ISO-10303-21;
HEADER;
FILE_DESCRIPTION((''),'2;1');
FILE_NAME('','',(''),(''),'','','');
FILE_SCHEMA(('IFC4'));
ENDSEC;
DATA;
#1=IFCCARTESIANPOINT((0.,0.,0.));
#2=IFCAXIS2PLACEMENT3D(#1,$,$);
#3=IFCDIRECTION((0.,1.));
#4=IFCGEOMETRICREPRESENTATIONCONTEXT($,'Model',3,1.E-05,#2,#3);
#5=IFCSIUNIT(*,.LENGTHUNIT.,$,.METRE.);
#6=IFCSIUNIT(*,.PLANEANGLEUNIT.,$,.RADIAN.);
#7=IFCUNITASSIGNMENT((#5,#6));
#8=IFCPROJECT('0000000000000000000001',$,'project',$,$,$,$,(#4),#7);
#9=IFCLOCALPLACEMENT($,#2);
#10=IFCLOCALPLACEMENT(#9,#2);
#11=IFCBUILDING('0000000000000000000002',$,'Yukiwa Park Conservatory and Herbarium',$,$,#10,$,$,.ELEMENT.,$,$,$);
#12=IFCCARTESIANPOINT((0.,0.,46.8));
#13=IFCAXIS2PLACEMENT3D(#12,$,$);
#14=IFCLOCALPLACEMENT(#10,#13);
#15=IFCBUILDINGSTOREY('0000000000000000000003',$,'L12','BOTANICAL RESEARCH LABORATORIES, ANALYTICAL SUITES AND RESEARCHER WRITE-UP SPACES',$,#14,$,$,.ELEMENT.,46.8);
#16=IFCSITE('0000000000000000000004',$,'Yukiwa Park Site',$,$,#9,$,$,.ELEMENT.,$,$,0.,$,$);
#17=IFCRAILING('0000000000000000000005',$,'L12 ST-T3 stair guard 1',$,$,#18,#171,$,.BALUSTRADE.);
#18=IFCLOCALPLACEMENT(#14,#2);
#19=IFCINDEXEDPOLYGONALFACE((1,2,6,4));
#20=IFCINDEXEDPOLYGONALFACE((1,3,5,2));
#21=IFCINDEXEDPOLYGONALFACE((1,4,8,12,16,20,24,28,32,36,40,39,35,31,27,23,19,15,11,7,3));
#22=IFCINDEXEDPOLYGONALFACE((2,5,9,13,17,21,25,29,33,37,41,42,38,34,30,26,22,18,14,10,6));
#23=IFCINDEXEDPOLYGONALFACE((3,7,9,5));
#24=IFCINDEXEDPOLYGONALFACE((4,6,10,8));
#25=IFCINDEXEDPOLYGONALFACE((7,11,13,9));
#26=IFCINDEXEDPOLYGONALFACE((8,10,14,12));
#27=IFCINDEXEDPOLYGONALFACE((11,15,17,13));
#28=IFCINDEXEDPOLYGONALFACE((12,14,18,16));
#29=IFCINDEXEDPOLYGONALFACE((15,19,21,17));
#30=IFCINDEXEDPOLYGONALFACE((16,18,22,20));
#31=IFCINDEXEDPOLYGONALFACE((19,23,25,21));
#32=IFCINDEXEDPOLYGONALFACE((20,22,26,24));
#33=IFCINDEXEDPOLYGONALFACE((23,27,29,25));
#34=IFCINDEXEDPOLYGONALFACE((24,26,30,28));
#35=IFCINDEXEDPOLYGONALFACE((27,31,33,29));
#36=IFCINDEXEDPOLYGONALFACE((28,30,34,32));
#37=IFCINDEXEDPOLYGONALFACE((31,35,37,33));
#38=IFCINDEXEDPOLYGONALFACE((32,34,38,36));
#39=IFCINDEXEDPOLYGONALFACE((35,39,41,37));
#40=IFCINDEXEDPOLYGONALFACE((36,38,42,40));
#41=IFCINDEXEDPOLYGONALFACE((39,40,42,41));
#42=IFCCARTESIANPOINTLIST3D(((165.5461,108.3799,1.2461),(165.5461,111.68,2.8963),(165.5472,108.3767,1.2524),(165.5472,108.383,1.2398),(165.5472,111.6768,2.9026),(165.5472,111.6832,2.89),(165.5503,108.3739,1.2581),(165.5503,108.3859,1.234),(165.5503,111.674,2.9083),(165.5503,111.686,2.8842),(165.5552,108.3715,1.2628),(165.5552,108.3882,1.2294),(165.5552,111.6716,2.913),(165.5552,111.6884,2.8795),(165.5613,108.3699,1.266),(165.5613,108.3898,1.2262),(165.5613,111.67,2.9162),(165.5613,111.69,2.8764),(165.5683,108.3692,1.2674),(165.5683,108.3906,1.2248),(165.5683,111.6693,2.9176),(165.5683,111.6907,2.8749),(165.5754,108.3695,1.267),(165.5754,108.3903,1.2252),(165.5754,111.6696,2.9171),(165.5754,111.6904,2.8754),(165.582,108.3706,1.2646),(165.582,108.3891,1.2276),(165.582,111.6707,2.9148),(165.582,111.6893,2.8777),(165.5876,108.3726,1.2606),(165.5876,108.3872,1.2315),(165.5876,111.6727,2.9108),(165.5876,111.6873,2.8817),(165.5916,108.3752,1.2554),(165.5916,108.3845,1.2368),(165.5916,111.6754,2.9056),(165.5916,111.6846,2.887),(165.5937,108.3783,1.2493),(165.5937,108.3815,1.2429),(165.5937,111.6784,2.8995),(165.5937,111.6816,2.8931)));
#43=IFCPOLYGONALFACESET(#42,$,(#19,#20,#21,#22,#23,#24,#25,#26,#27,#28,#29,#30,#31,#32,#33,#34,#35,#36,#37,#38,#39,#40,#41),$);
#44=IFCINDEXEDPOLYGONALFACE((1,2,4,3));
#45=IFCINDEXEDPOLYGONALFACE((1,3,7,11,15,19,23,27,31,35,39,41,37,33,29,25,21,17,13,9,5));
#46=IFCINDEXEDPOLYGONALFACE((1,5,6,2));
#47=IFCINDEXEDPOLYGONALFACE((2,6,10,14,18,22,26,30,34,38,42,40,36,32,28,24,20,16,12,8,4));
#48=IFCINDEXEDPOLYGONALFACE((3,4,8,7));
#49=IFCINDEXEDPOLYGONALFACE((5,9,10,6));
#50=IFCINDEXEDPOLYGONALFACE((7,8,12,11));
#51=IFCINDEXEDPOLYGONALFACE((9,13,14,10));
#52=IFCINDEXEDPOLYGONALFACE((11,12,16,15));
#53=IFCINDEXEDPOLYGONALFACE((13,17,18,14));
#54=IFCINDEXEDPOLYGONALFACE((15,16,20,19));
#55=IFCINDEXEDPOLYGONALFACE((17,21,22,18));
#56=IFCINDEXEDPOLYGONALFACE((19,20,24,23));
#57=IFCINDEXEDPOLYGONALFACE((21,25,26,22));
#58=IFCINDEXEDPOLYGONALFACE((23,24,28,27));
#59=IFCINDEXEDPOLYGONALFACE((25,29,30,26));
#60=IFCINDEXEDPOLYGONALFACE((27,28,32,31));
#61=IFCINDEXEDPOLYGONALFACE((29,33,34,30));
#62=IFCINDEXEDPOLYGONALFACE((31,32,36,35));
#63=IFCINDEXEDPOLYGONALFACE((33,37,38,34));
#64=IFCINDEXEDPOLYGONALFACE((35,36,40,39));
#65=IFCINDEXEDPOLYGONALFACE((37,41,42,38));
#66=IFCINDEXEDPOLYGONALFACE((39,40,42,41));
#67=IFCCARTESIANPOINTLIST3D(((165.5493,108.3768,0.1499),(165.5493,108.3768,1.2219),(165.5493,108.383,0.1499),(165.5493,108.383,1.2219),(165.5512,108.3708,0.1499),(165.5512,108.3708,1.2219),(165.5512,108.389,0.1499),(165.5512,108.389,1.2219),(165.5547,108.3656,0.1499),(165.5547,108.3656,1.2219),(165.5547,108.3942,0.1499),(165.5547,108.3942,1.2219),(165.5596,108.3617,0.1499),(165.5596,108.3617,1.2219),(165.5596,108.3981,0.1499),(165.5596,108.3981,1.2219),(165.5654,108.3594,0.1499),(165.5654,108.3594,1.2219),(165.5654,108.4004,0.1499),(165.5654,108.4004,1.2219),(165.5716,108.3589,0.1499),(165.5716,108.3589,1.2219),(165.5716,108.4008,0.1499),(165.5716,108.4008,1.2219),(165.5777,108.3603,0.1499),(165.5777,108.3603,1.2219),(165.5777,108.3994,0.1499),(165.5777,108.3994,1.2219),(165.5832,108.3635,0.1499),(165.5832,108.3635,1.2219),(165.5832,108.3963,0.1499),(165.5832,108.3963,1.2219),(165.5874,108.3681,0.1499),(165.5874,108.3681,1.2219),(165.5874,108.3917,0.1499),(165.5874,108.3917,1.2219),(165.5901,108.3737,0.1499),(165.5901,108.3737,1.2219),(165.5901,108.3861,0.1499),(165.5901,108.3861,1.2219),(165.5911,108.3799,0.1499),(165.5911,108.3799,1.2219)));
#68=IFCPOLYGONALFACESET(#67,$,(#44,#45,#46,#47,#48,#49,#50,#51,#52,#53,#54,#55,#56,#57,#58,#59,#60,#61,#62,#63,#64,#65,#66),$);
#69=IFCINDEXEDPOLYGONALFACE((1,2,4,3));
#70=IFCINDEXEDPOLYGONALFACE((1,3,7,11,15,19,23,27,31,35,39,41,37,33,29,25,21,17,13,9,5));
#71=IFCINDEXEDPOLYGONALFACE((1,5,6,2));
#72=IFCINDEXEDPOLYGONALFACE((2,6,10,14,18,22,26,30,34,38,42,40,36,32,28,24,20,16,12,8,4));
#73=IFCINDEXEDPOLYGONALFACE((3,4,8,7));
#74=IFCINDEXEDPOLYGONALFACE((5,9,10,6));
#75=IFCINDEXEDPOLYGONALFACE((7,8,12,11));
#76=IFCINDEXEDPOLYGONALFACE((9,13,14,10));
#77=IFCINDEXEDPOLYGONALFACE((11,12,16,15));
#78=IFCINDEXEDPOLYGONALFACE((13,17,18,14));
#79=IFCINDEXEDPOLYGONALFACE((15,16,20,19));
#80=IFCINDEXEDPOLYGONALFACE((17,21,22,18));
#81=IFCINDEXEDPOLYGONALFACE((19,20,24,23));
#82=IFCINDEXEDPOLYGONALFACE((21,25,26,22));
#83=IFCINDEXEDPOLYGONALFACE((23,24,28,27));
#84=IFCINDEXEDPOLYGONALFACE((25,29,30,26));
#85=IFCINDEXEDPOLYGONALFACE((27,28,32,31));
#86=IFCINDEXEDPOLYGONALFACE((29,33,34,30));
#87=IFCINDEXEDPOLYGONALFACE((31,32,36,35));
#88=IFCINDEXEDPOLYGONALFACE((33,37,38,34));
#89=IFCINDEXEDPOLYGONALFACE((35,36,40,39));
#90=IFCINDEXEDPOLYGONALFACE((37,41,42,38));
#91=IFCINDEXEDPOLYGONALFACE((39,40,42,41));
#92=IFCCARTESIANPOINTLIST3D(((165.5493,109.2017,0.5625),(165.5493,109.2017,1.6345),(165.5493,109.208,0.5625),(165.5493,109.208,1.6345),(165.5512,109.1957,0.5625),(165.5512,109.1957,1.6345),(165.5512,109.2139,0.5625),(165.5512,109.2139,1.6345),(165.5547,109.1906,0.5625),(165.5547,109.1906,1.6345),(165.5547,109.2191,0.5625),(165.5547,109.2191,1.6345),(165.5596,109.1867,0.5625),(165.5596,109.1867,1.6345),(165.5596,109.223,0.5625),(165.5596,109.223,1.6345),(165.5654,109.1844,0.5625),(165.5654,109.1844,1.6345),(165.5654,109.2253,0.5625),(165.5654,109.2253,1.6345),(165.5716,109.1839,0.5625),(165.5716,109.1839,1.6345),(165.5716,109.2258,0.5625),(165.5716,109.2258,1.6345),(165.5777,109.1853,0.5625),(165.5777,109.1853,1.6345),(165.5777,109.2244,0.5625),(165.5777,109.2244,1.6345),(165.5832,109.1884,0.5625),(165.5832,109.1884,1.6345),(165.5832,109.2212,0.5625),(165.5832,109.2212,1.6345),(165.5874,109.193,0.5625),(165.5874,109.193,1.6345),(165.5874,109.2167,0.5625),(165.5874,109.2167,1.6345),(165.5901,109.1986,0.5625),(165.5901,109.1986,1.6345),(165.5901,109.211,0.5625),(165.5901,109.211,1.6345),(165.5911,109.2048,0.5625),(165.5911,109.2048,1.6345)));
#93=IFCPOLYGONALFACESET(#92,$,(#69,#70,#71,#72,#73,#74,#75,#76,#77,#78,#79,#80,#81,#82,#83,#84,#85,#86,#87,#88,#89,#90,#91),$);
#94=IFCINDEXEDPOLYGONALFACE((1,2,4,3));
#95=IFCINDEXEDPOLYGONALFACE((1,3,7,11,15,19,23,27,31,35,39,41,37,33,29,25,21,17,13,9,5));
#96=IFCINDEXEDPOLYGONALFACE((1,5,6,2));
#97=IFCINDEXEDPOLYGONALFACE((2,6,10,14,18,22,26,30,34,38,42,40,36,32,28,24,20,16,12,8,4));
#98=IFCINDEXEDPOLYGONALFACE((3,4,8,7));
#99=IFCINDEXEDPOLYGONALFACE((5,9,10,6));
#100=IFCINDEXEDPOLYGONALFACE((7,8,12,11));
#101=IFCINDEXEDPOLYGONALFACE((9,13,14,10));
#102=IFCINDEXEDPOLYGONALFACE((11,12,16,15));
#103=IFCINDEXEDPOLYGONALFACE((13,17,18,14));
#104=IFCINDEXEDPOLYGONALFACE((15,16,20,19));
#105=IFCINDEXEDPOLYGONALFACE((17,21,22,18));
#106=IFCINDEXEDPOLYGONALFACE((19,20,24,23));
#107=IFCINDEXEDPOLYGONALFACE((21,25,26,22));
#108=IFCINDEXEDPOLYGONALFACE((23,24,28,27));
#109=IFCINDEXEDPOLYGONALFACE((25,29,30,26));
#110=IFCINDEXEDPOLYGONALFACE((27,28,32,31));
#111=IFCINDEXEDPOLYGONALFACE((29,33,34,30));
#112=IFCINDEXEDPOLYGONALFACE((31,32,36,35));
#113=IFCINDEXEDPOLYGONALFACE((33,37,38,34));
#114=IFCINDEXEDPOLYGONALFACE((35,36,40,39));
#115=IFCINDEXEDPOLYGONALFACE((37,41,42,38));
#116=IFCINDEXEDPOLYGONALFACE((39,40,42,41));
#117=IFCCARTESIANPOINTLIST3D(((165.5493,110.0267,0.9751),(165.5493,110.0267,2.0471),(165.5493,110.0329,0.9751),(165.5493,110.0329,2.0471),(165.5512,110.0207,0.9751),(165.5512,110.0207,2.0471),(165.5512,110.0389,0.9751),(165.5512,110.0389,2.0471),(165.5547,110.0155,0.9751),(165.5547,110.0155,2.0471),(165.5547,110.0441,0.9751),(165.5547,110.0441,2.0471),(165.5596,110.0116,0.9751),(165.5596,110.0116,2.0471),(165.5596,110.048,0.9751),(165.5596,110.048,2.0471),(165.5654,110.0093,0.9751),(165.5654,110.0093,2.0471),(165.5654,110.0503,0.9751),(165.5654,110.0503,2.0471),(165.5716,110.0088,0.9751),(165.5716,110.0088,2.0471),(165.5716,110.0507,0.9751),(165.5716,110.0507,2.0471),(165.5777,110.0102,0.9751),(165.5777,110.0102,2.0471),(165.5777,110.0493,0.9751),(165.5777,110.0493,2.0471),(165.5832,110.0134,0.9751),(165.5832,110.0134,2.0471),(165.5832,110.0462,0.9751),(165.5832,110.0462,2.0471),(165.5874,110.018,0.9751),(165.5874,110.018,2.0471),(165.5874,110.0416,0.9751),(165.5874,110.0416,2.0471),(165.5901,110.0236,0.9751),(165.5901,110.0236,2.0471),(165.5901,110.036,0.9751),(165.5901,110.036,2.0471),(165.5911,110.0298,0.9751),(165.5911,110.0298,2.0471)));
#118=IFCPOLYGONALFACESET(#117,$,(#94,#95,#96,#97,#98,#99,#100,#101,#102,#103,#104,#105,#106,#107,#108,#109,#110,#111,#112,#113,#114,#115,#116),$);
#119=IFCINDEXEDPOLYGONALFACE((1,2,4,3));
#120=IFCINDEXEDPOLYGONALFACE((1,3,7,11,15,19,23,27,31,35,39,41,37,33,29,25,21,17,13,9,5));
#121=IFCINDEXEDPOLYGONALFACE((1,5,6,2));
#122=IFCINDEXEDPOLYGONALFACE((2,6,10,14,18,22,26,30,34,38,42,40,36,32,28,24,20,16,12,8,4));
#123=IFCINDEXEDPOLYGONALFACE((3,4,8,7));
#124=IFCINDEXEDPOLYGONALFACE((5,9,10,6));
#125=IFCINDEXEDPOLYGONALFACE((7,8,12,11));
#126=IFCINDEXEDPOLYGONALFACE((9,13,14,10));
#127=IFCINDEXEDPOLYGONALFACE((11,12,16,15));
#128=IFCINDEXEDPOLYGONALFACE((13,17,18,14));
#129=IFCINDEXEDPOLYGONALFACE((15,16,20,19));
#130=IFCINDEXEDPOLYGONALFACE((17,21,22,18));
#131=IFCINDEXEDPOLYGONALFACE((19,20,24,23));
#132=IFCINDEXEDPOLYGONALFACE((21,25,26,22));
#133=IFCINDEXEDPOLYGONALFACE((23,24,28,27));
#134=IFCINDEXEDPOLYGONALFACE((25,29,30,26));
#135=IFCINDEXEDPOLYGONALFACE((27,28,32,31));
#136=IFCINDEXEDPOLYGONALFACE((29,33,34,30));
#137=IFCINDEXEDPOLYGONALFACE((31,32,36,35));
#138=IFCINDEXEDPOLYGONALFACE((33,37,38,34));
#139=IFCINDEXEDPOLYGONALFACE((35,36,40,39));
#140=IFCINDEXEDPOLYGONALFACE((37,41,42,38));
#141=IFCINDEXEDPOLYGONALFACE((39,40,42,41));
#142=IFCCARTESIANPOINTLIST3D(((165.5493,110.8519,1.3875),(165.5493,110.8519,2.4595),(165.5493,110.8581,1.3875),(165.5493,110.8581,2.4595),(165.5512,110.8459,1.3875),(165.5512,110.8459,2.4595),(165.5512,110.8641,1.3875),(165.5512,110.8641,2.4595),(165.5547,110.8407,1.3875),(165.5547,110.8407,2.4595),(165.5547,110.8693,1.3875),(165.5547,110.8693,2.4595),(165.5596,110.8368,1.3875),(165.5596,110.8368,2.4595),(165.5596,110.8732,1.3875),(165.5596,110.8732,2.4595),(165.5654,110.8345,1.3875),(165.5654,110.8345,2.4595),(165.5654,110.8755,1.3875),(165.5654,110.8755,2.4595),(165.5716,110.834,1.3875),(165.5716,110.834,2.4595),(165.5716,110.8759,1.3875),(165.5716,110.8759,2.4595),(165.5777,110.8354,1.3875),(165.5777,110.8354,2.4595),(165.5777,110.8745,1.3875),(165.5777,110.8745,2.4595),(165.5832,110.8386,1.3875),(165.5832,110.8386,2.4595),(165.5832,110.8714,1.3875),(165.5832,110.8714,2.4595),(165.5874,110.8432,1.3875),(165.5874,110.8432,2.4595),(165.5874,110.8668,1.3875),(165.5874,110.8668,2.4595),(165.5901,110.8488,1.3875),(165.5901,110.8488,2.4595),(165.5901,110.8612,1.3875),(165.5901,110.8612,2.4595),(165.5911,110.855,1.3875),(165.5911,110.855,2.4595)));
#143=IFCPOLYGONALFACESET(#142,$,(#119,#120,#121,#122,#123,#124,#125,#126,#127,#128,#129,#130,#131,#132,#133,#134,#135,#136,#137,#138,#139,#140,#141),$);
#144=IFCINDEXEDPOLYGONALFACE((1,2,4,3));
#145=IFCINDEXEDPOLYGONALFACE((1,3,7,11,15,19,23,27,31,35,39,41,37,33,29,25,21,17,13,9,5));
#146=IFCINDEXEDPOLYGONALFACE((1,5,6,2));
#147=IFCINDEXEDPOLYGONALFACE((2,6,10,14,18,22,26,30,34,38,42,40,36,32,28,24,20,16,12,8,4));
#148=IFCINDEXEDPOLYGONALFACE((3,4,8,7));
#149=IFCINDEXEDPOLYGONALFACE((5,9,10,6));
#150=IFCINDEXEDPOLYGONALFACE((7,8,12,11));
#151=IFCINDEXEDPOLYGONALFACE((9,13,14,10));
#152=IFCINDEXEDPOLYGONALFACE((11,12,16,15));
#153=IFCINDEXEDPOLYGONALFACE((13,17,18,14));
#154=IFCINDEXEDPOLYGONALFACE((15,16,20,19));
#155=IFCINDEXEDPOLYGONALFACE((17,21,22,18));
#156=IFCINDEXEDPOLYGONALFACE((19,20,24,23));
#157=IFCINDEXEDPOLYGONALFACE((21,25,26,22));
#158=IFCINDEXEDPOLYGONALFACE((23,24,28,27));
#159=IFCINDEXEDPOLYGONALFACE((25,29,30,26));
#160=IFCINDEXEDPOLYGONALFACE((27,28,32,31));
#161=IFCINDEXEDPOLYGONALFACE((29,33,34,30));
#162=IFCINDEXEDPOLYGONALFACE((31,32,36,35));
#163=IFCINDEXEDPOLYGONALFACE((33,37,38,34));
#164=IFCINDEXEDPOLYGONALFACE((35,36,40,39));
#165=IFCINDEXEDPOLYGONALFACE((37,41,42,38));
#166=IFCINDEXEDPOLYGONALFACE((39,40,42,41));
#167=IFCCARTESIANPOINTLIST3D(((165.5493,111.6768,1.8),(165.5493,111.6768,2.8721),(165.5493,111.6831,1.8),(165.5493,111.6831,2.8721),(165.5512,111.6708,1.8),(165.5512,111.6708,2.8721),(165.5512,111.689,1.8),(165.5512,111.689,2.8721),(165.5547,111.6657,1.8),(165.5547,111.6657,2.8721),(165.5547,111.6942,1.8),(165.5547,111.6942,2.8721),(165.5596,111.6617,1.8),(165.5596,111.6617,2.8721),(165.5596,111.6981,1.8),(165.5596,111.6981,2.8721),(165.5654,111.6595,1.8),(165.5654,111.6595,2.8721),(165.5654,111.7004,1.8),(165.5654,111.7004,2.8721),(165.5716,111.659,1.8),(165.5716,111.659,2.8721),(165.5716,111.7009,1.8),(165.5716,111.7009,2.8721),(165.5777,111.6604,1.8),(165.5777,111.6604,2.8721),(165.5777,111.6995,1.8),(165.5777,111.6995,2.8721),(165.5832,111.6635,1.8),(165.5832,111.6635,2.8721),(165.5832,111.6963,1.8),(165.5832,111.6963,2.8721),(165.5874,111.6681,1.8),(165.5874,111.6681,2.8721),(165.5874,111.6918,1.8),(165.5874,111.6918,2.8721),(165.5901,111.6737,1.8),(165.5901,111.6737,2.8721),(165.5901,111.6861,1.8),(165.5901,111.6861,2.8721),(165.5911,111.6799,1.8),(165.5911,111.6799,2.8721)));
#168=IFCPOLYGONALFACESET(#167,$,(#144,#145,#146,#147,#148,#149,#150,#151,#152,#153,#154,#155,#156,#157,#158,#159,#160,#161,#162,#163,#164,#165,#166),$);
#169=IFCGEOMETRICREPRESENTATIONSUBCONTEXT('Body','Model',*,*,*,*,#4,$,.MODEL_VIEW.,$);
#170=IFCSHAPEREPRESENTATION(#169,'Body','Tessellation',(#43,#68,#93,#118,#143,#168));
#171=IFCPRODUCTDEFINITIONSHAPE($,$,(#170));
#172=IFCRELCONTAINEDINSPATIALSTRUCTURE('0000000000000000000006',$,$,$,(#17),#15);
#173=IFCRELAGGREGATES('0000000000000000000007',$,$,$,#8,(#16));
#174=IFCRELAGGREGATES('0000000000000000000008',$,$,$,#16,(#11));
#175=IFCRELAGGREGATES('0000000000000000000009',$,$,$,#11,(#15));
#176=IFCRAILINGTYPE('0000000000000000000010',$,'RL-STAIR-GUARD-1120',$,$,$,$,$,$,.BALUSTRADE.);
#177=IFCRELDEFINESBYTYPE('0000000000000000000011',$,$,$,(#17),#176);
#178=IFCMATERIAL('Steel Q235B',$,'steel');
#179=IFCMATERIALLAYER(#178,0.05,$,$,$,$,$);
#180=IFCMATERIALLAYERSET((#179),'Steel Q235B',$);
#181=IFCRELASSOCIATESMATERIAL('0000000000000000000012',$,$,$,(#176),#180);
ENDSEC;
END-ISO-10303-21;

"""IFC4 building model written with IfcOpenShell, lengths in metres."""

from ifc_helpers import new_model, si_unit, direction, frame, origin, origin_2d, place, context, subcontext, project, spatial, circle, extrude, material, layer, layer_set, type_object, element, save


model = new_model("IFC4")

# Units and contexts
model_context = context("Model", 3, precision=1e-05, world=origin(), true_north=direction((0.0, 1.0)))
body_context = subcontext(model_context, "Body", "Model", "MODEL_VIEW")
ifc_project = project(units=[si_unit("LENGTHUNIT", "METRE"), si_unit("PLANEANGLEUNIT", "RADIAN")], contexts=[model_context])

# Site, building, storey
site_placement = place(None, origin())
site = spatial("IfcSite", under=ifc_project, at=site_placement, Name="Yukiwa Park Site", CompositionType="ELEMENT", RefElevation=0.0)
building_placement = place(site_placement, origin())
building = spatial("IfcBuilding", under=site, at=building_placement, Name="Yukiwa Park Conservatory and Herbarium", CompositionType="ELEMENT")
storey_placement = place(building_placement, frame((0.0, 0.0, 46.8)))
storey = spatial("IfcBuildingStorey", under=building, at=storey_placement, Name="L12", Description="BOTANICAL RESEARCH LABORATORIES, ANALYTICAL SUITES AND RESEARCHER WRITE-UP SPACES", CompositionType="ELEMENT", Elevation=46.8)

# Railing
ifc_material_1 = material(Name="Steel Q235B", Category="steel")
ifc_layer_1 = layer(ifc_material_1, 0.05)
ifc_layer_set_1 = layer_set([ifc_layer_1], Name="Steel Q235B")
railing_type_1 = type_object("IfcRailingType", Name="RL-STAIR-GUARD-1120", PredefinedType="BALUSTRADE", material=ifc_layer_set_1)
railing_1_placement = place(storey_placement, frame((165.5701, 108.3799, 0.1499)))
element("IfcRailing", 1, at=railing_1_placement, inside=storey, type_object=railing_type_1, Name="L12 ST-T3 stair guard 1", PredefinedType="BALUSTRADE", context=body_context, shape_type="SweptSolid", body=[
    extrude(circle(Radius=0.0239, at=origin_2d()), frame((0.0, 0.0, 1.0962), z_axis=(0.0, 0.894414, 0.44724), x_axis=(-1.0, 0.0, 0.0)), (0.0, 0.0, 1.0), 3.6897),
    extrude(circle(Radius=0.021, at=origin_2d()), origin(), (0.0, 0.0, 1.0), 1.072),
    extrude(circle(Radius=0.021, at=origin_2d()), frame((0.0, 0.825, 0.4126)), (0.0, 0.0, 1.0), 1.072),
    extrude(circle(Radius=0.021, at=origin_2d()), frame((0.0, 1.6499, 0.8252)), (0.0, 0.0, 1.0), 1.072),
    extrude(circle(Radius=0.021, at=origin_2d()), frame((0.0, 2.4751, 1.2375)), (0.0, 0.0, 1.0), 1.072),
    extrude(circle(Radius=0.021, at=origin_2d()), frame((0.0, 3.3, 1.6501)), (0.0, 0.0, 1.0), 1.072),
])

save(model, "model.ifc")
